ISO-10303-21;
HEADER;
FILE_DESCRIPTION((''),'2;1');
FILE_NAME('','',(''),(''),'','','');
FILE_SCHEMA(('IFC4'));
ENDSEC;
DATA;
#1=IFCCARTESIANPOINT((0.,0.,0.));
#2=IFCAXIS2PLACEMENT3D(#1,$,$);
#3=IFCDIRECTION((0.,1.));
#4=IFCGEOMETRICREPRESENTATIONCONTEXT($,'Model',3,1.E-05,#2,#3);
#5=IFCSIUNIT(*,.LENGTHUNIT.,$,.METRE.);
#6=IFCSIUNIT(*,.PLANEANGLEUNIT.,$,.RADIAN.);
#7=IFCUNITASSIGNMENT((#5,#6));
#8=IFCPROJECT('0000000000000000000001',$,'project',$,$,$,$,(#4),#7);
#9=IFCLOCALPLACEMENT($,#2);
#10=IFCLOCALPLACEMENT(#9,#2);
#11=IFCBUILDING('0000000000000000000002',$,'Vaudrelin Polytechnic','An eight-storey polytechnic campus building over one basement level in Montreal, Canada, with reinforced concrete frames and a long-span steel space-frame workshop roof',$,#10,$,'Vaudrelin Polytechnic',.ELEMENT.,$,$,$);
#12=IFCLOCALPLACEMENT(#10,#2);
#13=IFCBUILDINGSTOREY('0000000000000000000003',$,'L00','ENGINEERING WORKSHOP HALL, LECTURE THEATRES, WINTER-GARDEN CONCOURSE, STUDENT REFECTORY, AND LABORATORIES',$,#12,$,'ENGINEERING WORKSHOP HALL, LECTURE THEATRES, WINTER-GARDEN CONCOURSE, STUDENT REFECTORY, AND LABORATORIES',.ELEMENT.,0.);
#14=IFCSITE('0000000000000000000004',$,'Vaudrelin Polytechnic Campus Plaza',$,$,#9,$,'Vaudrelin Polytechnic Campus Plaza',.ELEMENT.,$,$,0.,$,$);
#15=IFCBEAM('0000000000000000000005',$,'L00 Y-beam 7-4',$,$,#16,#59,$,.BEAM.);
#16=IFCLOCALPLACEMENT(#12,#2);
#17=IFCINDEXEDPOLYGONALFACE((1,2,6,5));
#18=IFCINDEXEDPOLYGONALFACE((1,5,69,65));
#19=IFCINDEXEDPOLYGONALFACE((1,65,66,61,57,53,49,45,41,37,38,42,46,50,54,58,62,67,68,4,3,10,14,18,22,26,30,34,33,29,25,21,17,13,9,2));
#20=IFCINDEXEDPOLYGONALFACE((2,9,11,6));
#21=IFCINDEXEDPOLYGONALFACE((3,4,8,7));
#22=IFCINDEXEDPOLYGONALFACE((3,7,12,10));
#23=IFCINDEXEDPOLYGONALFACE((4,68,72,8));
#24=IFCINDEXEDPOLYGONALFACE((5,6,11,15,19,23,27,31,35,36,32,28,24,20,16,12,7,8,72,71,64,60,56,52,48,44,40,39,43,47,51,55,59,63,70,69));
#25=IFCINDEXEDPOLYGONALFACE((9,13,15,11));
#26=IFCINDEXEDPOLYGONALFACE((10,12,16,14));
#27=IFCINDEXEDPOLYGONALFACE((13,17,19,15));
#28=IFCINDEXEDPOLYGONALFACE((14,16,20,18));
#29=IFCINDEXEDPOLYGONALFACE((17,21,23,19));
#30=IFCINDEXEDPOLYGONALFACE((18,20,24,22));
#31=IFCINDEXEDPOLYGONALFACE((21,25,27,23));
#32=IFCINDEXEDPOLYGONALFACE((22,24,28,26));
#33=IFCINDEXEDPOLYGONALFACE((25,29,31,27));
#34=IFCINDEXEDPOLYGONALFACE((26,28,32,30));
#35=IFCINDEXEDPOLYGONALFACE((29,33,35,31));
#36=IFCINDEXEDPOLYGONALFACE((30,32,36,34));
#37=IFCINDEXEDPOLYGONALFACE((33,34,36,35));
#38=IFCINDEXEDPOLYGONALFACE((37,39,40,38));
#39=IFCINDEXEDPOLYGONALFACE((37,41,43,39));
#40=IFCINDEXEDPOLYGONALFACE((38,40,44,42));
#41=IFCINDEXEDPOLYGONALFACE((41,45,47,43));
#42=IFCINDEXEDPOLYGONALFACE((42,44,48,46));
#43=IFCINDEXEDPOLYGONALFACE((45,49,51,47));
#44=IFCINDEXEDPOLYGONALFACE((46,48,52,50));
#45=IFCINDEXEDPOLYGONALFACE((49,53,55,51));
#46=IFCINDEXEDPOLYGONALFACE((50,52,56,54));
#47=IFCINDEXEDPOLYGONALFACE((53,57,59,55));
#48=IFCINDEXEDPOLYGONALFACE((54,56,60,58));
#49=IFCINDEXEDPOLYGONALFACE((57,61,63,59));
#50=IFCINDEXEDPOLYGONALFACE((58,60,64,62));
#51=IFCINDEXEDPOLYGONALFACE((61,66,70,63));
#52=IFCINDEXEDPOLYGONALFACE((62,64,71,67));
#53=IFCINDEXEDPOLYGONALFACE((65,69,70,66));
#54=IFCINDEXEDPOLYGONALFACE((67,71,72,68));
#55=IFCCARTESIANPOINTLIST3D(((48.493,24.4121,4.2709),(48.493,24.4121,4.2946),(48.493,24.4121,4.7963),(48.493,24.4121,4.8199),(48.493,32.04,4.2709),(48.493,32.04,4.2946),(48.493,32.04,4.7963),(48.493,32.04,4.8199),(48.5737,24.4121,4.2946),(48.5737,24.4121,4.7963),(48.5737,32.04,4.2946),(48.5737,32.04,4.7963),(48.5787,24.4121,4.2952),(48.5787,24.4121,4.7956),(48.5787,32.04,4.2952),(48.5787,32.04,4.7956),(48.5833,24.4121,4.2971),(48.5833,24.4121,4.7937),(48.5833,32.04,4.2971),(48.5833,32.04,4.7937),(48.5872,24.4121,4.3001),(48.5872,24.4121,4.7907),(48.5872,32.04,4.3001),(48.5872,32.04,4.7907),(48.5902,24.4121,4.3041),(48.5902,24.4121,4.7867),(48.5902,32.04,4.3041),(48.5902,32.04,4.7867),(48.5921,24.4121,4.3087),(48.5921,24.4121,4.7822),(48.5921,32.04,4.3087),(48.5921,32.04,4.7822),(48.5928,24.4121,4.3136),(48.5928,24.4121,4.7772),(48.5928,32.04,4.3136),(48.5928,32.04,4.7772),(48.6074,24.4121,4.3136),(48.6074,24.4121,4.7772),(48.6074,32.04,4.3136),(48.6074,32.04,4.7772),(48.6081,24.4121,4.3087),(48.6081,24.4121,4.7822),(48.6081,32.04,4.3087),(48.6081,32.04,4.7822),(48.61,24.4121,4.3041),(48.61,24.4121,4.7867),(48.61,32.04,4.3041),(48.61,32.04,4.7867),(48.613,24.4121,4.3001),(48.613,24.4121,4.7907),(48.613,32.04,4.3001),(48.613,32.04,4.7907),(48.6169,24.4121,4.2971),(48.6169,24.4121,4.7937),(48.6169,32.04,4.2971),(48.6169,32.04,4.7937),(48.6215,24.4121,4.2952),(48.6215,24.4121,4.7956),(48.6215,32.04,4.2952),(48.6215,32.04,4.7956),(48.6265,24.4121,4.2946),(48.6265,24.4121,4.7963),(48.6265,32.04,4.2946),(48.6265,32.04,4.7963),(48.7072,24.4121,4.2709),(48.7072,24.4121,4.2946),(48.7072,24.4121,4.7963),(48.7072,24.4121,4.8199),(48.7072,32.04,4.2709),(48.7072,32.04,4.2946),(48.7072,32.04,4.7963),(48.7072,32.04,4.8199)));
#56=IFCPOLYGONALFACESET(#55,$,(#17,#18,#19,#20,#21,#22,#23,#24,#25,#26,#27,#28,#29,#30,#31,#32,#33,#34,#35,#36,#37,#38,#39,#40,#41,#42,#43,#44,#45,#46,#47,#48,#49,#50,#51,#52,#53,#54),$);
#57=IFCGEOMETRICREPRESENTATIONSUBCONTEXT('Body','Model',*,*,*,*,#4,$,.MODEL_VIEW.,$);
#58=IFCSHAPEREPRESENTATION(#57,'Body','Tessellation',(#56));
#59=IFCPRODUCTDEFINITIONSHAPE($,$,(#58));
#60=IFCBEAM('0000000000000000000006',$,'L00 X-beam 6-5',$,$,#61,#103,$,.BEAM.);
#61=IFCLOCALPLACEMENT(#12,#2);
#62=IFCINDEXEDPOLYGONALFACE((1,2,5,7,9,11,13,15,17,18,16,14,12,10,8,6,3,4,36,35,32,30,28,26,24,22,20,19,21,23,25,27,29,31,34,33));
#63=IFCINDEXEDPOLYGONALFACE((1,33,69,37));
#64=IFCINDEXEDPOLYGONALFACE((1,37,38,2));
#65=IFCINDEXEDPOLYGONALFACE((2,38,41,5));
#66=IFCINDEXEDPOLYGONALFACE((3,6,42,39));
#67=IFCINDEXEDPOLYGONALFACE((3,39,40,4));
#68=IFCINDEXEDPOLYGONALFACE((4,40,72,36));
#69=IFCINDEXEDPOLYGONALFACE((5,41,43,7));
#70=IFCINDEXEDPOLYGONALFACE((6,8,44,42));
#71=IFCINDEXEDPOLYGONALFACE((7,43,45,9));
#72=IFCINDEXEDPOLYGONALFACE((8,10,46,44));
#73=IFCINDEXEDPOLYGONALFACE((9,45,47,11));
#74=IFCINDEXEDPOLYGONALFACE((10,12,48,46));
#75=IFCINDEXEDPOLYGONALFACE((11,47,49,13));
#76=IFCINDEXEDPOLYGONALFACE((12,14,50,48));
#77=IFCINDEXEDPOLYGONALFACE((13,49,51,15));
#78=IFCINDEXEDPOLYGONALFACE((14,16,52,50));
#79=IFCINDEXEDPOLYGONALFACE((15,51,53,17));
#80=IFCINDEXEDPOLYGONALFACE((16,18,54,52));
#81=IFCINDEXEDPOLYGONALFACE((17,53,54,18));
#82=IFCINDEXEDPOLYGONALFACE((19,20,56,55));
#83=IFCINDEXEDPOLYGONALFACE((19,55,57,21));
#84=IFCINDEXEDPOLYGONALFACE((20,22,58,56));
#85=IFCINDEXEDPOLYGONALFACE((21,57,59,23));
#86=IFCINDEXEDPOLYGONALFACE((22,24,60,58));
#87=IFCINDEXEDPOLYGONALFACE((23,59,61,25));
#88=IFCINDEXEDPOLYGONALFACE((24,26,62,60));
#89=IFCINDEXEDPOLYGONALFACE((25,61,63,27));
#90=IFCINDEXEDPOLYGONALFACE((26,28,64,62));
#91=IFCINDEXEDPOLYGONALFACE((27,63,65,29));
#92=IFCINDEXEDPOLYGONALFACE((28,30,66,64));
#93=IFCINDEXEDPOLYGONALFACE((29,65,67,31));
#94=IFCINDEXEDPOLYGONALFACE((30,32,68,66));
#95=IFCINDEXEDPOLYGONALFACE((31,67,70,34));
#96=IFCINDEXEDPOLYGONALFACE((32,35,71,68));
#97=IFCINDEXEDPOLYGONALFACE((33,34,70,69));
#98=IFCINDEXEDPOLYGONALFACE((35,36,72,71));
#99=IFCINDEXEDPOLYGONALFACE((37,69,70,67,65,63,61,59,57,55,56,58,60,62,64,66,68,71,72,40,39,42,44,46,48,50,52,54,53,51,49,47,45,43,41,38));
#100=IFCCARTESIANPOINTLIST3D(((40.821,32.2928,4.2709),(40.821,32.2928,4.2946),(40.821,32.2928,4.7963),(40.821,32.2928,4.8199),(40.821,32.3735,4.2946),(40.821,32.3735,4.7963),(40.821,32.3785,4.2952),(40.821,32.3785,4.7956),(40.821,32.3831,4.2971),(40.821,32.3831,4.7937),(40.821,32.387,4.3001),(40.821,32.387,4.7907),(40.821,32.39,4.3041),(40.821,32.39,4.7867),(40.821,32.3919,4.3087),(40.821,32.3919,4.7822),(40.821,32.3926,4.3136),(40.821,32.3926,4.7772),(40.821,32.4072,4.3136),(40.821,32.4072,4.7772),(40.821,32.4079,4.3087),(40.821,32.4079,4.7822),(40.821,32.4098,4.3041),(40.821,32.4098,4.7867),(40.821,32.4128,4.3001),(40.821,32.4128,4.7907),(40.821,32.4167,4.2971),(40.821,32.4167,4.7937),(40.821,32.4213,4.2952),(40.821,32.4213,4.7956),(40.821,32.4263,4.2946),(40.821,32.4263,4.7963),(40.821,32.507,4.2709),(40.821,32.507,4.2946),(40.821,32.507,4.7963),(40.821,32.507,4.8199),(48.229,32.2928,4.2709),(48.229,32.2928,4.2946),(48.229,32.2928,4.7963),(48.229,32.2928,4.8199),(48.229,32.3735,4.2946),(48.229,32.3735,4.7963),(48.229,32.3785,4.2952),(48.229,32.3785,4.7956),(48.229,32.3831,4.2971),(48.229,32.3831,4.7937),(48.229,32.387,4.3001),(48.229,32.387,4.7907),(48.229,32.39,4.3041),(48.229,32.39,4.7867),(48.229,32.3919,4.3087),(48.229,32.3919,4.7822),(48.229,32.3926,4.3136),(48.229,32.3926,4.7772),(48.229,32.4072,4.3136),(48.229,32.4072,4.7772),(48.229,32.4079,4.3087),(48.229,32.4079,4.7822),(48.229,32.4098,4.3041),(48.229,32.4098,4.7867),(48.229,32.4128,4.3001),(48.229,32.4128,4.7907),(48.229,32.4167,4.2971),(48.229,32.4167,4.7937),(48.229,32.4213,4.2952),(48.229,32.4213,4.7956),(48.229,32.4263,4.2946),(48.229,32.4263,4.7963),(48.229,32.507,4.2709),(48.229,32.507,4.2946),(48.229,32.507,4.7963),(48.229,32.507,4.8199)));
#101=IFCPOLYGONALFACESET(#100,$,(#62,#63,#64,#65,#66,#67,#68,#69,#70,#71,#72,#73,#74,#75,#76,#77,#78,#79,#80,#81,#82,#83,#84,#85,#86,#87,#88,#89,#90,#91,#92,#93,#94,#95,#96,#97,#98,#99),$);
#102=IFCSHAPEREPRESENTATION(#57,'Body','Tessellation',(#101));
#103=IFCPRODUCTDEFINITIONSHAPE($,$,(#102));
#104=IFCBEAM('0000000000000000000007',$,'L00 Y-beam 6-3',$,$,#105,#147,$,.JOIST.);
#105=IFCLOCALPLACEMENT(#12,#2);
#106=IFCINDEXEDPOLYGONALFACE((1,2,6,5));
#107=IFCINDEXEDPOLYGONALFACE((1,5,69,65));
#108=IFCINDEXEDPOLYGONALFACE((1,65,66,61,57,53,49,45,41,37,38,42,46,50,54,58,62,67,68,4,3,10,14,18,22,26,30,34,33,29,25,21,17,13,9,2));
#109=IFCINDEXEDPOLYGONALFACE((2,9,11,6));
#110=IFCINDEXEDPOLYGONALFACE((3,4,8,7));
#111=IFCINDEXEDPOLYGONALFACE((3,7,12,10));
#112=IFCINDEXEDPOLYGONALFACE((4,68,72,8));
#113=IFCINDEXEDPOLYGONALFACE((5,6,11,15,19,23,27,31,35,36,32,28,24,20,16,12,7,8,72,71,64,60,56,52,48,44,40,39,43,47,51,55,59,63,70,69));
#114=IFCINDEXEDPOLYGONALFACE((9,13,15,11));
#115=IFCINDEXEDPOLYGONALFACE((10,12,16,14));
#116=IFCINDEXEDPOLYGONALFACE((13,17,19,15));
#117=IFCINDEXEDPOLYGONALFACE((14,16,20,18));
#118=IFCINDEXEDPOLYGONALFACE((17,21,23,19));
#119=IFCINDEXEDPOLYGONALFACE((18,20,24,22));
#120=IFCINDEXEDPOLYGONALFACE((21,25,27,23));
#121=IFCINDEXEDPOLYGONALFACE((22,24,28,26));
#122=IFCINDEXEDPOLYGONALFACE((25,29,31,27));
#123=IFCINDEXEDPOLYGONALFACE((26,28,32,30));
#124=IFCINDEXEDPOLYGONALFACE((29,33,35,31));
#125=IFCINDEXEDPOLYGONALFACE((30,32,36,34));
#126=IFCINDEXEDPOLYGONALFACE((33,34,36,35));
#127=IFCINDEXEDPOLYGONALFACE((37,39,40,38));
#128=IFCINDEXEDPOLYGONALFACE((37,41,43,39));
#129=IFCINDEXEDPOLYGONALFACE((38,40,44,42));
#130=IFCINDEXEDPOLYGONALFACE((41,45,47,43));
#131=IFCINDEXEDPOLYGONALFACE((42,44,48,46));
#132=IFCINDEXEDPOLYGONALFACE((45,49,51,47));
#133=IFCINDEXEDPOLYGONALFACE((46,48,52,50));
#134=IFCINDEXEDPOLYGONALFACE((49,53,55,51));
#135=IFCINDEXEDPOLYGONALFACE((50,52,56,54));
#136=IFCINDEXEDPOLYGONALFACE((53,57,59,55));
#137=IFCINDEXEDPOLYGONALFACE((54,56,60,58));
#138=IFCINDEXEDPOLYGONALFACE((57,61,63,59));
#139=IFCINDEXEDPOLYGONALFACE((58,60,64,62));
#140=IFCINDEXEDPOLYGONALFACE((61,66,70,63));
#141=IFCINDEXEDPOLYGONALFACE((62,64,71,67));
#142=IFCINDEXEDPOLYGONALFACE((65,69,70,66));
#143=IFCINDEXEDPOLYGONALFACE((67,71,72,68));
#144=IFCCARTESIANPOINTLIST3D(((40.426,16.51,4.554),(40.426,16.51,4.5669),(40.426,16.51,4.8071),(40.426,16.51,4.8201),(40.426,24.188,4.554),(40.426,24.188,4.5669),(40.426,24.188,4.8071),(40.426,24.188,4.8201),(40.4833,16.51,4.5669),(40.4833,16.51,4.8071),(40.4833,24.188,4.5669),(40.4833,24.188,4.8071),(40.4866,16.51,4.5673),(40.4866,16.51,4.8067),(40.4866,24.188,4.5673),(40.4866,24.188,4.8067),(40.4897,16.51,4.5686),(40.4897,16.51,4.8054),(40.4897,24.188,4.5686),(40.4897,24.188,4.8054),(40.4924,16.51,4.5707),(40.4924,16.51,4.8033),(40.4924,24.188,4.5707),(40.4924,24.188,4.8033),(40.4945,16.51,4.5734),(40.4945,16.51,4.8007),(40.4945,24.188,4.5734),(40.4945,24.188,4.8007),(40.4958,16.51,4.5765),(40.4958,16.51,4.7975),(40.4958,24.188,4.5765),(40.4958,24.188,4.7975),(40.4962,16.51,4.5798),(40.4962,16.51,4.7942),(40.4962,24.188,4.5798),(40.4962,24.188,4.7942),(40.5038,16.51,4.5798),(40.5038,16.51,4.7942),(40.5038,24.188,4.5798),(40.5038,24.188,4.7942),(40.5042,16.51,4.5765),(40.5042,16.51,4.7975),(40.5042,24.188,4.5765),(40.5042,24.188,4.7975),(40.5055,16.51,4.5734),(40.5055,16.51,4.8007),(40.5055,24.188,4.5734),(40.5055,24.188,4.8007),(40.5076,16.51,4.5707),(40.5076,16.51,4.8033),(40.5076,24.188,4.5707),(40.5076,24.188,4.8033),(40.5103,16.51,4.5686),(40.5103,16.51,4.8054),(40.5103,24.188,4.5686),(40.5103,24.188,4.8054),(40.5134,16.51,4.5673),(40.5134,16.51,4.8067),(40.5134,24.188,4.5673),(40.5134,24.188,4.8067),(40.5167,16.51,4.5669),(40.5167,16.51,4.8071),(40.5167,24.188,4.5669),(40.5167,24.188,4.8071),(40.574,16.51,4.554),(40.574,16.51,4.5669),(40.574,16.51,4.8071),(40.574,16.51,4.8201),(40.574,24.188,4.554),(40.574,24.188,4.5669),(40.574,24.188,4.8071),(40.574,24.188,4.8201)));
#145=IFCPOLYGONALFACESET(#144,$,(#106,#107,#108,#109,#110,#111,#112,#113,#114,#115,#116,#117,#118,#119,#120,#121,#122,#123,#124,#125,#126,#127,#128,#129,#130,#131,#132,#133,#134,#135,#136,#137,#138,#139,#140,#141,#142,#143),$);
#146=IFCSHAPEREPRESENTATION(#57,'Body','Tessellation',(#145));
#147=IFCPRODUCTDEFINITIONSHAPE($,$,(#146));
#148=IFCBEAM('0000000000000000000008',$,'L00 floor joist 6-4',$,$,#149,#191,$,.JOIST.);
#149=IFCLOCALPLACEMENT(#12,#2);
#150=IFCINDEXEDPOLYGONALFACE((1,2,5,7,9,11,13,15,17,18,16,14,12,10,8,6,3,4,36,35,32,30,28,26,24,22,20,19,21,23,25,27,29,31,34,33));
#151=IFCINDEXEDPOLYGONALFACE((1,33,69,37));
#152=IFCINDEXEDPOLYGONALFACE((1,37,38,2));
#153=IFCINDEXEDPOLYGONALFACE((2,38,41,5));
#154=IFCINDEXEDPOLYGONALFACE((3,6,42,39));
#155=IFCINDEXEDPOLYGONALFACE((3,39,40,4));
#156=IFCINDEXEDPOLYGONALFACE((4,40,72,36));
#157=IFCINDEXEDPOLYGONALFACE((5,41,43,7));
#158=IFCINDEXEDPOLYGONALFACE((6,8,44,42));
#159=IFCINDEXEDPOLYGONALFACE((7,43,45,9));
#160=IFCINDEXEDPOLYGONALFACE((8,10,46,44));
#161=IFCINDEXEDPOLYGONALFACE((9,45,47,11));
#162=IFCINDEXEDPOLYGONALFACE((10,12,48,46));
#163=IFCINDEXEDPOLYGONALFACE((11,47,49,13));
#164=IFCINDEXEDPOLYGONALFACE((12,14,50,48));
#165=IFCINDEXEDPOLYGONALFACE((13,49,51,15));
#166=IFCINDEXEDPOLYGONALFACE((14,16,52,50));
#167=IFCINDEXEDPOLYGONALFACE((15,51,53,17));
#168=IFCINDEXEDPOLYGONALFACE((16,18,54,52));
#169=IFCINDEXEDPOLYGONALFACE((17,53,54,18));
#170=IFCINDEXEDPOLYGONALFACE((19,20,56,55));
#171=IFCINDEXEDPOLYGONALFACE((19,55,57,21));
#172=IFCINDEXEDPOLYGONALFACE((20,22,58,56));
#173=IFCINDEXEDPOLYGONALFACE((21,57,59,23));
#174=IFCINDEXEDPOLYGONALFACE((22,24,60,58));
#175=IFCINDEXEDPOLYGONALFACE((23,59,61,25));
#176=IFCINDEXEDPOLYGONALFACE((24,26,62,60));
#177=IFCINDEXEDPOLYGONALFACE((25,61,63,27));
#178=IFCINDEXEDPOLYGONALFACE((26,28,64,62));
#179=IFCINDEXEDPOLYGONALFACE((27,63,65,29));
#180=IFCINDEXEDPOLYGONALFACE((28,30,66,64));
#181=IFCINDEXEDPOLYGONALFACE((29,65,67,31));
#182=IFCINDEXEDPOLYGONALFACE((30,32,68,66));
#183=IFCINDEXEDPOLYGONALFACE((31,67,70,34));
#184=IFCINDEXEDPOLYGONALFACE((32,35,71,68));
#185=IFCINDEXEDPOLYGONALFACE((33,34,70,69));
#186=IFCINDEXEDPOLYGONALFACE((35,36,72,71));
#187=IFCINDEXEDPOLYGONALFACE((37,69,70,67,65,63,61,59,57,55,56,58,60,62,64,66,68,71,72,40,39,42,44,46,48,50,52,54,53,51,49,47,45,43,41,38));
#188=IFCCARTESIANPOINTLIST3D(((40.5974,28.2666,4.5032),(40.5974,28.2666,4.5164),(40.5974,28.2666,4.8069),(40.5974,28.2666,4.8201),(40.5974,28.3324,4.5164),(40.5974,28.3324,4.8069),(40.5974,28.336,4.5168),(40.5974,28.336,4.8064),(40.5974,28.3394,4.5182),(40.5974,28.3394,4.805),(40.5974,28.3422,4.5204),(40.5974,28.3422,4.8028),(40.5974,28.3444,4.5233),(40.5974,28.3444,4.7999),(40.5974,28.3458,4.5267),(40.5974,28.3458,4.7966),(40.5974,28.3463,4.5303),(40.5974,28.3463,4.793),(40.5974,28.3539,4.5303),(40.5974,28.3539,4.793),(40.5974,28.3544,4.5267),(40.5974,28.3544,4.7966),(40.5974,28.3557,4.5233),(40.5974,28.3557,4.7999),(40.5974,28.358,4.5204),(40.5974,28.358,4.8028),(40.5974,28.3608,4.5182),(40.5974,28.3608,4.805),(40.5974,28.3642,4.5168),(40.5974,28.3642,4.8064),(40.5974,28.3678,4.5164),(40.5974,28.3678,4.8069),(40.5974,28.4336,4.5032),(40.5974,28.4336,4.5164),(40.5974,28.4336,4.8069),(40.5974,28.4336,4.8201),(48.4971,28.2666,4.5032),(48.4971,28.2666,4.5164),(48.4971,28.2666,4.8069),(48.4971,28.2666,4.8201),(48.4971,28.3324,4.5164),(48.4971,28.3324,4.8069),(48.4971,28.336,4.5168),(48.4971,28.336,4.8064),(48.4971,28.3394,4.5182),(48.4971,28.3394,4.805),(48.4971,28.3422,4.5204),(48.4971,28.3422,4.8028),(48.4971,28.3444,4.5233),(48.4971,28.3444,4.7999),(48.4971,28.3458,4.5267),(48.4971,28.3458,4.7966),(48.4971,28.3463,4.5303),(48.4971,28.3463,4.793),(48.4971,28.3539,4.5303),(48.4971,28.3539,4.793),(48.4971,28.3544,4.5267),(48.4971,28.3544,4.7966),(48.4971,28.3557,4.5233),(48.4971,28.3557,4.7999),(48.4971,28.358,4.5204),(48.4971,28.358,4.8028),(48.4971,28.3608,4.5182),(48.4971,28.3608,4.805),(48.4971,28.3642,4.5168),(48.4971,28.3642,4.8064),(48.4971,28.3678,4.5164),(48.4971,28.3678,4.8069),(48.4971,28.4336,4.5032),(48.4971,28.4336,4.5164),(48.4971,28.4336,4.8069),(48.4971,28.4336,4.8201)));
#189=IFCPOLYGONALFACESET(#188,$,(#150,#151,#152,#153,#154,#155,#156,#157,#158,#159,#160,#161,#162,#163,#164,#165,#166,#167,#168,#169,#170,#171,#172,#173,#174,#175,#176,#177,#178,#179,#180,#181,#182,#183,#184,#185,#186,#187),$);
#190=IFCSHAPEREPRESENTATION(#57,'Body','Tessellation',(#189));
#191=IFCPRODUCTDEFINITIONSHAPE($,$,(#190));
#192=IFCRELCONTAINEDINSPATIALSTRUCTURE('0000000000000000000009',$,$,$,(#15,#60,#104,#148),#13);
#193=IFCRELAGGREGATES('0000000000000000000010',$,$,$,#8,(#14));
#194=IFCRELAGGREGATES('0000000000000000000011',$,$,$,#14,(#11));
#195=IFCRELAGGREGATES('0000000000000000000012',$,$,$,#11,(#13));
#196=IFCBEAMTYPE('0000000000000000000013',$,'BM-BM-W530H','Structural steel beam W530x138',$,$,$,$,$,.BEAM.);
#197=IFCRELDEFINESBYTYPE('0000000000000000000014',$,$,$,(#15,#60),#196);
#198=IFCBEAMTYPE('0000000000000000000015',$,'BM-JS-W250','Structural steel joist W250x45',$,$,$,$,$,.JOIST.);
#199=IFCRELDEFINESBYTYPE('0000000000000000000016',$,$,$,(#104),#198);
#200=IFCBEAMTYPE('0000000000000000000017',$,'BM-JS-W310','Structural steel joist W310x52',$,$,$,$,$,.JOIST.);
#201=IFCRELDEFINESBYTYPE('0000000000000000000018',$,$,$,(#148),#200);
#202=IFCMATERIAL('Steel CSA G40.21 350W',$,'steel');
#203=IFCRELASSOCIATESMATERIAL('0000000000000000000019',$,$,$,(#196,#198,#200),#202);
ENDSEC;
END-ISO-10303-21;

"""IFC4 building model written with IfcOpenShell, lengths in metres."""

from ifc_helpers import new_model, si_unit, direction, frame, origin, origin_2d, place, context, subcontext, project, spatial, i_section, extrude, material, material_profile, profile_set, type_object, element, save


model = new_model("IFC4")

# Units and contexts
model_context = context("Model", 3, precision=1e-05, world=origin(), true_north=direction((0.0, 1.0)))
body_context = subcontext(model_context, "Body", "Model", "MODEL_VIEW")
ifc_project = project(units=[si_unit("LENGTHUNIT", "METRE"), si_unit("PLANEANGLEUNIT", "RADIAN")], contexts=[model_context])

# Site, building, storey
site_placement = place(None, origin())
site = spatial("IfcSite", under=ifc_project, at=site_placement, Name="Vaudrelin Polytechnic Campus Plaza", LongName="Vaudrelin Polytechnic Campus Plaza", CompositionType="ELEMENT", RefElevation=0.0)
building_placement = place(site_placement, origin())
building = spatial("IfcBuilding", under=site, at=building_placement, Name="Vaudrelin Polytechnic", Description="An eight-storey polytechnic campus building over one basement level in Montreal, Canada, with reinforced concrete frames and a long-span steel space-frame workshop roof", LongName="Vaudrelin Polytechnic", CompositionType="ELEMENT")
storey_placement = place(building_placement, origin())
storey = spatial("IfcBuildingStorey", under=building, at=storey_placement, Name="L00", Description="ENGINEERING WORKSHOP HALL, LECTURE THEATRES, WINTER-GARDEN CONCOURSE, STUDENT REFECTORY, AND LABORATORIES", LongName="ENGINEERING WORKSHOP HALL, LECTURE THEATRES, WINTER-GARDEN CONCOURSE, STUDENT REFECTORY, AND LABORATORIES", CompositionType="ELEMENT", Elevation=0.0)

# Shared definitions
ifc_material_1 = material(Name="Steel CSA G40.21 350W", Category="steel")

# Beams
ifc_material_profile_1 = material_profile(ifc_material_1, i_section(OverallWidth=0.2141, OverallDepth=0.5491, WebThickness=0.0146, FlangeThickness=0.0237, FilletRadius=0.019, at=origin_2d()), Name="W530x138")
ifc_profile_set_1 = profile_set([ifc_material_profile_1], Name="Steel CSA G40.21 350W")
beam_type_1 = type_object("IfcBeamType", Name="BM-BM-W530H", Description="Structural steel beam W530x138", PredefinedType="BEAM", material=ifc_profile_set_1)
beam_1_placement = place(storey_placement, frame((48.6001, 24.4121, 4.5454), z_axis=(0.0, 1.0, 0.0), x_axis=(-1.0, 0.0, 0.0)))
element("IfcBeam", 1, at=beam_1_placement, inside=storey, type_object=beam_type_1, Name="L00 Y-beam 7-4", PredefinedType="BEAM", context=body_context, shape_type="SweptSolid", body=[
    extrude(i_section(OverallWidth=0.2141, OverallDepth=0.5491, WebThickness=0.0146, FlangeThickness=0.0237, FilletRadius=0.019, at=origin_2d()), origin(), (0.0, 0.0, 1.0), 7.6279),
])
beam_2_placement = place(storey_placement, frame((40.821, 32.3999, 4.5454), z_axis=(1.0, 0.0, 0.0), x_axis=(0.0, 1.0, 0.0)))
element("IfcBeam", 2, at=beam_2_placement, inside=storey, type_object=beam_type_1, Name="L00 X-beam 6-5", PredefinedType="BEAM", context=body_context, shape_type="SweptSolid", body=[
    extrude(i_section(OverallWidth=0.2141, OverallDepth=0.5491, WebThickness=0.0146, FlangeThickness=0.0237, FilletRadius=0.019, at=origin_2d()), origin(), (0.0, 0.0, 1.0), 7.408),
])
ifc_material_profile_2 = material_profile(ifc_material_1, i_section(OverallWidth=0.1479, OverallDepth=0.2661, WebThickness=0.0076, FlangeThickness=0.0129, FilletRadius=0.0129, at=origin_2d()), Name="W250x45")
ifc_profile_set_2 = profile_set([ifc_material_profile_2], Name="Steel CSA G40.21 350W")
beam_type_2 = type_object("IfcBeamType", Name="BM-JS-W250", Description="Structural steel joist W250x45", PredefinedType="JOIST", material=ifc_profile_set_2)
beam_3_placement = place(storey_placement, frame((40.5, 16.51, 4.687), z_axis=(0.0, 1.0, 0.0), x_axis=(-1.0, 0.0, 0.0)))
element("IfcBeam", 3, at=beam_3_placement, inside=storey, type_object=beam_type_2, Name="L00 Y-beam 6-3", PredefinedType="JOIST", context=body_context, shape_type="SweptSolid", body=[
    extrude(i_section(OverallWidth=0.1479, OverallDepth=0.2661, WebThickness=0.0076, FlangeThickness=0.0129, FilletRadius=0.0129, at=origin_2d()), origin(), (0.0, 0.0, 1.0), 7.678),
])
ifc_material_profile_3 = material_profile(ifc_material_1, i_section(OverallWidth=0.167, OverallDepth=0.3169, WebThickness=0.0076, FlangeThickness=0.0132, FilletRadius=0.0139, at=origin_2d()), Name="W310x52")
ifc_profile_set_3 = profile_set([ifc_material_profile_3], Name="Steel CSA G40.21 350W")
beam_type_3 = type_object("IfcBeamType", Name="BM-JS-W310", Description="Structural steel joist W310x52", PredefinedType="JOIST", material=ifc_profile_set_3)
beam_4_placement = place(storey_placement, frame((40.5974, 28.3501, 4.6616), z_axis=(1.0, 0.0, 0.0), x_axis=(0.0, 1.0, 0.0)))
element("IfcBeam", 4, at=beam_4_placement, inside=storey, type_object=beam_type_3, Name="L00 floor joist 6-4", PredefinedType="JOIST", context=body_context, shape_type="SweptSolid", body=[
    extrude(i_section(OverallWidth=0.167, OverallDepth=0.3169, WebThickness=0.0076, FlangeThickness=0.0132, FilletRadius=0.0139, at=origin_2d()), origin(), (0.0, 0.0, 1.0), 7.8997),
])

save(model, "model.ifc")
